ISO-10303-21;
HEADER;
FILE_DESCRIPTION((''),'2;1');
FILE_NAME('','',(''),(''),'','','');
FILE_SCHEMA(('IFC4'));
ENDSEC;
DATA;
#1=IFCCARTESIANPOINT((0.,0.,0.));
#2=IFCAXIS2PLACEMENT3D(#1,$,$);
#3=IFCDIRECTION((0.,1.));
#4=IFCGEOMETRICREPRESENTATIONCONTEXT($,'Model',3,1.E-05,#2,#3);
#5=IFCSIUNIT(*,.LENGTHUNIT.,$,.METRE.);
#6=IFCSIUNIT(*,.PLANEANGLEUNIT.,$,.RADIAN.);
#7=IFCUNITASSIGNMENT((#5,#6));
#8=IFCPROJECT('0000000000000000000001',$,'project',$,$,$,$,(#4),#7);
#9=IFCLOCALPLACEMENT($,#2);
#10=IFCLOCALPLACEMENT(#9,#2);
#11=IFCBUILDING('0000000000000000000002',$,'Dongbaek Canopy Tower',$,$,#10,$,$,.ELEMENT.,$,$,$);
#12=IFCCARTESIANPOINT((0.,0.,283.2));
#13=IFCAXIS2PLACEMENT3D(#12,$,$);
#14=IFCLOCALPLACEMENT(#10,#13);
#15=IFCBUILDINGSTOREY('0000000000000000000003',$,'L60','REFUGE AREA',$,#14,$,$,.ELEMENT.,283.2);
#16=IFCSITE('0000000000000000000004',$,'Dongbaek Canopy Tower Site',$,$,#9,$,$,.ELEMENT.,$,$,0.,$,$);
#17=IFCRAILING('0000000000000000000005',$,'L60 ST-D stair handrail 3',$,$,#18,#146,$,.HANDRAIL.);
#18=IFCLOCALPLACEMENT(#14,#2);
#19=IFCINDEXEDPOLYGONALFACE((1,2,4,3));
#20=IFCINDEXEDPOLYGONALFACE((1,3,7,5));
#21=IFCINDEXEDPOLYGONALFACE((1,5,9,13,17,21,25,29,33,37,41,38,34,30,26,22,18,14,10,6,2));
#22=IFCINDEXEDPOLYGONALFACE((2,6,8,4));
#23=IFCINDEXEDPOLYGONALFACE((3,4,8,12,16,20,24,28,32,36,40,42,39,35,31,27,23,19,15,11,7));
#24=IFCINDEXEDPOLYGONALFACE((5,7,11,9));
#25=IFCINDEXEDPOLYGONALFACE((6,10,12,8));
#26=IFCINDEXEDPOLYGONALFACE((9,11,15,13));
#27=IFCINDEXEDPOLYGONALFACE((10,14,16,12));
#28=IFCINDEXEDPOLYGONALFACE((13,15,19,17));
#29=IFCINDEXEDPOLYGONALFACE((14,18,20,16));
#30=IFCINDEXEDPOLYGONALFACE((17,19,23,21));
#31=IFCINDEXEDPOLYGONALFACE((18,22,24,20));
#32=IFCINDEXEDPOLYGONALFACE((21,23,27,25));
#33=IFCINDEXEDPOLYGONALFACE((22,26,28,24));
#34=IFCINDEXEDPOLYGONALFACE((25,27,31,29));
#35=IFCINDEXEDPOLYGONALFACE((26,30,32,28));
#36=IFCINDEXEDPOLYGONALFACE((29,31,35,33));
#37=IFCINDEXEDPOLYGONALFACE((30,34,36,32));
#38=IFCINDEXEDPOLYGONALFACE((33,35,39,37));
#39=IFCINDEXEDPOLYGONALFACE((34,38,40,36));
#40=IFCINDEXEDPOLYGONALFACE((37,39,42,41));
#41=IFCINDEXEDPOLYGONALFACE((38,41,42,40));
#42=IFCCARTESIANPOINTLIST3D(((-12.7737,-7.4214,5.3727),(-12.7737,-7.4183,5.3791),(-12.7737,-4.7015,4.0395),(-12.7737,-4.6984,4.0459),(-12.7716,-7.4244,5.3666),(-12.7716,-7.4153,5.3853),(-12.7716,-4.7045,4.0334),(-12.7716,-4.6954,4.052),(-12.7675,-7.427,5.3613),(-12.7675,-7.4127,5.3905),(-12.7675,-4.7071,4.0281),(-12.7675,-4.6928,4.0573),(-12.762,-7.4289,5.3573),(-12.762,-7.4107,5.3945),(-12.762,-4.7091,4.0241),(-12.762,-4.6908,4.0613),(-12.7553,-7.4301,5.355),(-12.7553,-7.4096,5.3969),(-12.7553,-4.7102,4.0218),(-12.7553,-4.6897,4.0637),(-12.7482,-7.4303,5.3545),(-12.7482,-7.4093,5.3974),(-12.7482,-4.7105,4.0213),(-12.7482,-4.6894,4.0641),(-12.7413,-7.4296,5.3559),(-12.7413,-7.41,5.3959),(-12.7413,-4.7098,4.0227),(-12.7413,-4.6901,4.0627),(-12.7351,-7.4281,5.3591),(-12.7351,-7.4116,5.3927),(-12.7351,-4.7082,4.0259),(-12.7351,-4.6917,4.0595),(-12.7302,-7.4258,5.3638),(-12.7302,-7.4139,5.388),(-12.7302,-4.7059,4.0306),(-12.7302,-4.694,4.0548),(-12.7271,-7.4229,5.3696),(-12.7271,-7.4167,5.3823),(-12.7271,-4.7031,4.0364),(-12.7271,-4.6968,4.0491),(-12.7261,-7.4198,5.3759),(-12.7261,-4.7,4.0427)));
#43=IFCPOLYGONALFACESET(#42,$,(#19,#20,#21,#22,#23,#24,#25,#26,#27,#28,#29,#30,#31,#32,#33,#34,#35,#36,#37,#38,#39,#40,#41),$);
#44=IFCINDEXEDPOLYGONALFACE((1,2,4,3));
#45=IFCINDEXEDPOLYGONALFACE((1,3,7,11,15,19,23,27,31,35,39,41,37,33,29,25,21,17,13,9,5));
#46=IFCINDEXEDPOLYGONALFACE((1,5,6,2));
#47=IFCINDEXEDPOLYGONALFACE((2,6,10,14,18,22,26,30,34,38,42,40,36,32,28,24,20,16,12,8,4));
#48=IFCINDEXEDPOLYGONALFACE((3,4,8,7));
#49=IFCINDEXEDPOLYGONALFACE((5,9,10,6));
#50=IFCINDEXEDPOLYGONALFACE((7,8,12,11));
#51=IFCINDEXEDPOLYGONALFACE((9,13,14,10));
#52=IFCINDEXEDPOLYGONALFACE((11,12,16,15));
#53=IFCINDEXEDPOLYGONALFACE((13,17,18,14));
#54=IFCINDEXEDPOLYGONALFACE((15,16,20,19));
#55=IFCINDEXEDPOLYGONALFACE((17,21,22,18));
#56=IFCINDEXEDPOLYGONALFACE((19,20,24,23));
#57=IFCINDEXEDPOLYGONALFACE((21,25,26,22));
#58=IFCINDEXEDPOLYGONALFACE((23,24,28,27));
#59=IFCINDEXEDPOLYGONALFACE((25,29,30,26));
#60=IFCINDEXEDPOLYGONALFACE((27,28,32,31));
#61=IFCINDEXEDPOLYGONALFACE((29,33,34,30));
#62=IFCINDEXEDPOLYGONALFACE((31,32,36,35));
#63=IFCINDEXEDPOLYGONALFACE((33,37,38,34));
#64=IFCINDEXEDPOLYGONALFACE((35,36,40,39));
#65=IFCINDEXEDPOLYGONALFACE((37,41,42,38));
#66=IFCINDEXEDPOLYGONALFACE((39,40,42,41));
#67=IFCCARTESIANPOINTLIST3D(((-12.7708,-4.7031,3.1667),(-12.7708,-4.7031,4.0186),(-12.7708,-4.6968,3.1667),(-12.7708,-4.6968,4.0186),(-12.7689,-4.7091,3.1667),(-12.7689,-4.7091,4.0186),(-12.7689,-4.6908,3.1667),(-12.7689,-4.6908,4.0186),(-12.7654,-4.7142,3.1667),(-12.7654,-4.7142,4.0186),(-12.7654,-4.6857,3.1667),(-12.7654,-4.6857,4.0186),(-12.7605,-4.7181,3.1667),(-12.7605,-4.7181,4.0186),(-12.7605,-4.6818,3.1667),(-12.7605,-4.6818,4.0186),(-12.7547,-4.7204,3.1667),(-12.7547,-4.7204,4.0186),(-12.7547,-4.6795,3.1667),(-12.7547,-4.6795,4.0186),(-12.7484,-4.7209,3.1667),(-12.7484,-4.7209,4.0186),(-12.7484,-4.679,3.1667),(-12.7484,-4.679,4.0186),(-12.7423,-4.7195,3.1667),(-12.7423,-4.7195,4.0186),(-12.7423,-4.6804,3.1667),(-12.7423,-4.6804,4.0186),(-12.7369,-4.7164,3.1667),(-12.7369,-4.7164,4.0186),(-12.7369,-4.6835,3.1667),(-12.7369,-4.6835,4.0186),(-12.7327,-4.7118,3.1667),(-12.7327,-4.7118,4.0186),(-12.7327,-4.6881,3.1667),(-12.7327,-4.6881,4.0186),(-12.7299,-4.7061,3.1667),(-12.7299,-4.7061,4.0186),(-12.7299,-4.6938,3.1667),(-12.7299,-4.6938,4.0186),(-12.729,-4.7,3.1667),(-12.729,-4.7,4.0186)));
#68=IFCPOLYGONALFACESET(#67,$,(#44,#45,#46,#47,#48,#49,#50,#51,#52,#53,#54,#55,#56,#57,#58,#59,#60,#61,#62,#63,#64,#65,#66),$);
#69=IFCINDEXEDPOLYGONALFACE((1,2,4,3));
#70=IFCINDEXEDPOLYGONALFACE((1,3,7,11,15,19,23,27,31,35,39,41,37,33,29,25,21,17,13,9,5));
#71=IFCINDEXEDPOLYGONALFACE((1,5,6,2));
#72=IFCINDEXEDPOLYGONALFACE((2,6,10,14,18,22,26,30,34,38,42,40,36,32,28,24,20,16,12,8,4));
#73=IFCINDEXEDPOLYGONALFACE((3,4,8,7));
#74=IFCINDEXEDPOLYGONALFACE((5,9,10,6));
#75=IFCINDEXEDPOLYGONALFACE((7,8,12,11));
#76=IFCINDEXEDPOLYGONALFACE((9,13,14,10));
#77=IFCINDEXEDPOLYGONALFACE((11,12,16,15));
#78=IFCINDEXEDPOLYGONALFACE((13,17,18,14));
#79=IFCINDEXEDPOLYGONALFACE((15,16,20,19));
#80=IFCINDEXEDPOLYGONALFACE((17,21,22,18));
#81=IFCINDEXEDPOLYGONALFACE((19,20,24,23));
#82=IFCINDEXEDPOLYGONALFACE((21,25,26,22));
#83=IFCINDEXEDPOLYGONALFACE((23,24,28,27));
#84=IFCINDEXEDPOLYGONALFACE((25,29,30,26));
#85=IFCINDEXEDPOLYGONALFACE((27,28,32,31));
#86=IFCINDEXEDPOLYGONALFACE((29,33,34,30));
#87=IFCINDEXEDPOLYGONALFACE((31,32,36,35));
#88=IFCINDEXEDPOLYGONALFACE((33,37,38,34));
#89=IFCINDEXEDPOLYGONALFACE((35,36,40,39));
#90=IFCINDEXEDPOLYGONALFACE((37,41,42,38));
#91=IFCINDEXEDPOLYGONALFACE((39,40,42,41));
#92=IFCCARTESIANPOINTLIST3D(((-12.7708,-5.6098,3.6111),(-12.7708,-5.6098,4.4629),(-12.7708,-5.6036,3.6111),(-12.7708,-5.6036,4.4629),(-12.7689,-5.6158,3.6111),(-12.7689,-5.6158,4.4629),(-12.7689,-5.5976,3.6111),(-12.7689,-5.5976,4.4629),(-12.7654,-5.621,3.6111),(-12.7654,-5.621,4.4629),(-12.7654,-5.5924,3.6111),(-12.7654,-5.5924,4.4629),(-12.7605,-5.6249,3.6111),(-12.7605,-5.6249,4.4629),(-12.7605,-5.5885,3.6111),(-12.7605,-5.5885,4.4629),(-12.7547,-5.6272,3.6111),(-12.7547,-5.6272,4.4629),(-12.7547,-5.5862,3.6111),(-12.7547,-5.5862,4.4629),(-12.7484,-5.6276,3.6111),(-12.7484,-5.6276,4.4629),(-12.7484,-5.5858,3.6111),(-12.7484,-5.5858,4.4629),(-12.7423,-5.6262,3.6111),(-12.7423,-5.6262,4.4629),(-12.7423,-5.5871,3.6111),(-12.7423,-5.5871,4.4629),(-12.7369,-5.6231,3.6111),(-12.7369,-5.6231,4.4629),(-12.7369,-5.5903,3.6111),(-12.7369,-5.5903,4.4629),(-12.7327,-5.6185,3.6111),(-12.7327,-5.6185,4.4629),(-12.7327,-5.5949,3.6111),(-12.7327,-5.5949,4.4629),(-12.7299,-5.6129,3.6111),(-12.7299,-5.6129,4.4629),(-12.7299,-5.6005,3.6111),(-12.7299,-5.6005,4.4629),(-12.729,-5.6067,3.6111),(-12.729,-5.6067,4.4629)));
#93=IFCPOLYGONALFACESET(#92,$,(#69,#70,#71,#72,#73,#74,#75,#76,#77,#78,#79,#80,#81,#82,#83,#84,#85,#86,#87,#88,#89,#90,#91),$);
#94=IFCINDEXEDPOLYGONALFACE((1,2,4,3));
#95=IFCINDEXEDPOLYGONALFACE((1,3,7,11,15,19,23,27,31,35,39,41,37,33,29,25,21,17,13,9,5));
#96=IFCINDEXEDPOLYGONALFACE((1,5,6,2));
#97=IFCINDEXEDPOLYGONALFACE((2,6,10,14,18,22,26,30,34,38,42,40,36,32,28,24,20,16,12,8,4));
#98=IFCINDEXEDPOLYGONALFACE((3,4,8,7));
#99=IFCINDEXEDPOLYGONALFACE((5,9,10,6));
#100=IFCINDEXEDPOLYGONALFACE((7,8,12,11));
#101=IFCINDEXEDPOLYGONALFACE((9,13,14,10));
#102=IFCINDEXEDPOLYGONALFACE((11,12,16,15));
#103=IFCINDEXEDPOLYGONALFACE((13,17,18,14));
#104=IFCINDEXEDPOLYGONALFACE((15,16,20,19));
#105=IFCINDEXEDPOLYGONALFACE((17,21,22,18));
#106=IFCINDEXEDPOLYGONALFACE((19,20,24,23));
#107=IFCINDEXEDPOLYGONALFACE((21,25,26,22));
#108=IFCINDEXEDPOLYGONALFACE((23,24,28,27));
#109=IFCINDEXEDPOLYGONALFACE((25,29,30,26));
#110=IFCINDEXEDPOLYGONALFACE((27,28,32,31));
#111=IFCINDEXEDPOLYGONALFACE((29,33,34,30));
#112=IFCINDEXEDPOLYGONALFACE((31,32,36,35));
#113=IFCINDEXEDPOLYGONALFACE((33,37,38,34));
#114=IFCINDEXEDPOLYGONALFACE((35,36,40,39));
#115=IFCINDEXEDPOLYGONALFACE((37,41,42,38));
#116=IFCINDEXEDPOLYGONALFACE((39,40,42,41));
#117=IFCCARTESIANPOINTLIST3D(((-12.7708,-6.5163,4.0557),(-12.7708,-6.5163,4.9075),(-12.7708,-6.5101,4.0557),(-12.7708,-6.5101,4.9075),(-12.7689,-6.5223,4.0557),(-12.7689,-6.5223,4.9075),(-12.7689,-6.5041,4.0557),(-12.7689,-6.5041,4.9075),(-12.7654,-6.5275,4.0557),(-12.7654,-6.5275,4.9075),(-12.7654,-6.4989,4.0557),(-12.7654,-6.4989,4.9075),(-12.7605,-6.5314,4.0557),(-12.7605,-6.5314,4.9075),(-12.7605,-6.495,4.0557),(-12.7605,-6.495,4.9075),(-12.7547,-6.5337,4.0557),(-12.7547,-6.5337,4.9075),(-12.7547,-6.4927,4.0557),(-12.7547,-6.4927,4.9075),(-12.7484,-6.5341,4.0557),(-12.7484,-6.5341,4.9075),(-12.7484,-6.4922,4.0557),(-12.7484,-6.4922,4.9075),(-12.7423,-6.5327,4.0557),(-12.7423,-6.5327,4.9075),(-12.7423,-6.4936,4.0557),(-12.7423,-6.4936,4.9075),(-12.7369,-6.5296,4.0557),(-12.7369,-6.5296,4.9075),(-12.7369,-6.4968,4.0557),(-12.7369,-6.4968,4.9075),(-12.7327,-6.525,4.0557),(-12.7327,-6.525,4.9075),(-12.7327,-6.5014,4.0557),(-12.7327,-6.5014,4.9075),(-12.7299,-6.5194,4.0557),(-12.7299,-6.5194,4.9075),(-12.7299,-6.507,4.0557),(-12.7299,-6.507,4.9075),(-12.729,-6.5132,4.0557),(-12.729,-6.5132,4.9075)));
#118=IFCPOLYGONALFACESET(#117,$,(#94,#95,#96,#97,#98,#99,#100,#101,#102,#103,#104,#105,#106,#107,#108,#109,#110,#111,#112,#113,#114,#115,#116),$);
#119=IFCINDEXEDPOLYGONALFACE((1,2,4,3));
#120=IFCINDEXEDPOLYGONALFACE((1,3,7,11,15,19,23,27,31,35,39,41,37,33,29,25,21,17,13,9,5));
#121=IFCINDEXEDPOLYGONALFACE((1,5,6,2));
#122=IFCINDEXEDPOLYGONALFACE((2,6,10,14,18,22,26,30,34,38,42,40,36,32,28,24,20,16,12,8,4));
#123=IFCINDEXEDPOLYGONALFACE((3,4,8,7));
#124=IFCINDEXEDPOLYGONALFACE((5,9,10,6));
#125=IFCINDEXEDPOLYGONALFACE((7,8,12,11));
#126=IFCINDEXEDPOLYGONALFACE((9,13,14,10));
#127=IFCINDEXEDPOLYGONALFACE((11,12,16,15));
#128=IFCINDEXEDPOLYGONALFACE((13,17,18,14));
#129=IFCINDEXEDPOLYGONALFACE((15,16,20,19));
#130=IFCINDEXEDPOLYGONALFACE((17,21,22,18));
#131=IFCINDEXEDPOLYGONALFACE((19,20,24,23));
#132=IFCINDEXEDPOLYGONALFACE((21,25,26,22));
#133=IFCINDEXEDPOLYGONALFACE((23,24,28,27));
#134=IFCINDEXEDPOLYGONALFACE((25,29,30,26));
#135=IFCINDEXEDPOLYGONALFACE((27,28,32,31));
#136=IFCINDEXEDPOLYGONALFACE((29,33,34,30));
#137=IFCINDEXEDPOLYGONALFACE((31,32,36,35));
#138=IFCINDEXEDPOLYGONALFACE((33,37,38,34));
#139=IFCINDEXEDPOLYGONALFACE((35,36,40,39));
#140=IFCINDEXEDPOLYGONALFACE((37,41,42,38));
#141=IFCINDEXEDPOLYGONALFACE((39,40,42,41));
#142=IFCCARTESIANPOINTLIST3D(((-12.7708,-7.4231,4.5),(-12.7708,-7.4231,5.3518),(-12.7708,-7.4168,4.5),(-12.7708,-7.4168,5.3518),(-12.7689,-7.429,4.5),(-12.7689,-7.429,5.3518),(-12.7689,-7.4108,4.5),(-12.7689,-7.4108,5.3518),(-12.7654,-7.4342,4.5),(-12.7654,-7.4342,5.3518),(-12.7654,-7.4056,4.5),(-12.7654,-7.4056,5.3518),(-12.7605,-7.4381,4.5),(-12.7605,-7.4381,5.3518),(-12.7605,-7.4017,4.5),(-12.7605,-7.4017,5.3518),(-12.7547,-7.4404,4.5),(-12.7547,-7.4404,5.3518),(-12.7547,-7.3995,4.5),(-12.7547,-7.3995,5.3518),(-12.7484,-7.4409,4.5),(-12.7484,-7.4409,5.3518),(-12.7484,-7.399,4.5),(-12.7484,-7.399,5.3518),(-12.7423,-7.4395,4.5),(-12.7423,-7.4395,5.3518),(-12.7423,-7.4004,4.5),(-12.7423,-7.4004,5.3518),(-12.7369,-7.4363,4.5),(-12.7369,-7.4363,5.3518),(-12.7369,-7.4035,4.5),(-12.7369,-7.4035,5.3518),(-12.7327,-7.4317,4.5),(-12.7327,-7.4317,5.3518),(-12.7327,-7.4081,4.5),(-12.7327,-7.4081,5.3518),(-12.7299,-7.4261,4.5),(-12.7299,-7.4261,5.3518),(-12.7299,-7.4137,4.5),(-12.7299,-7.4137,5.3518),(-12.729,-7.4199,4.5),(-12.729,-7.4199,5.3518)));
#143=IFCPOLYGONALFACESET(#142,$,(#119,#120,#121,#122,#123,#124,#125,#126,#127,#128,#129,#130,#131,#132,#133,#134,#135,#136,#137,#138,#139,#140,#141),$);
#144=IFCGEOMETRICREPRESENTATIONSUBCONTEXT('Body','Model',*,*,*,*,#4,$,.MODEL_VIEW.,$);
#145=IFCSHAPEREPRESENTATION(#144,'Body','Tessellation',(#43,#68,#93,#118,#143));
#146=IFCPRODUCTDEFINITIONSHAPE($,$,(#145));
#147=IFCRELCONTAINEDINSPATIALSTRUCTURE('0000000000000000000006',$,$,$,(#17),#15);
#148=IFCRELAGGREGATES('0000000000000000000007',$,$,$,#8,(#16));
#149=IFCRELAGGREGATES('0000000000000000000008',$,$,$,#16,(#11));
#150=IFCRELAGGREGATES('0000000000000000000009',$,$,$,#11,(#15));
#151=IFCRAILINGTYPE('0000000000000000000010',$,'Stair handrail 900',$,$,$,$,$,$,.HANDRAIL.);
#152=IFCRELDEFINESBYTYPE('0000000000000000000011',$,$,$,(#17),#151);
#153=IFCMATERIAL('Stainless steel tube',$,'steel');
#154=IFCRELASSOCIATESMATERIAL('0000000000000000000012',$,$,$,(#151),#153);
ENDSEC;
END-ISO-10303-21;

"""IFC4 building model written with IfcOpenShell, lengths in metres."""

from ifc_helpers import new_model, si_unit, direction, frame, origin, origin_2d, place, context, subcontext, project, spatial, circle, extrude, material, type_object, element, save


model = new_model("IFC4")

# Units and contexts
model_context = context("Model", 3, precision=1e-05, world=origin(), true_north=direction((0.0, 1.0)))
body_context = subcontext(model_context, "Body", "Model", "MODEL_VIEW")
ifc_project = project(units=[si_unit("LENGTHUNIT", "METRE"), si_unit("PLANEANGLEUNIT", "RADIAN")], contexts=[model_context])

# Site, building, storey
site_placement = place(None, origin())
site = spatial("IfcSite", under=ifc_project, at=site_placement, Name="Dongbaek Canopy Tower Site", CompositionType="ELEMENT", RefElevation=0.0)
building_placement = place(site_placement, origin())
building = spatial("IfcBuilding", under=site, at=building_placement, Name="Dongbaek Canopy Tower", CompositionType="ELEMENT")
storey_placement = place(building_placement, frame((0.0, 0.0, 283.2)))
storey = spatial("IfcBuildingStorey", under=building, at=storey_placement, Name="L60", Description="REFUGE AREA", CompositionType="ELEMENT", Elevation=283.2)

# Railing
ifc_material_1 = material(Name="Stainless steel tube", Category="steel")
railing_type_1 = type_object("IfcRailingType", Name="Stair handrail 900", PredefinedType="HANDRAIL", material=ifc_material_1)
for number, where, name in (
    (1, (-12.75, -4.7, 3.1667), "L60 ST-D stair handrail 3"),
):
    element("IfcRailing", number, at=place(storey_placement, frame(where)), inside=storey, type_object=railing_type_1, Name=name, PredefinedType="HANDRAIL", context=body_context, shape_type="SweptSolid", body=[
        extrude(circle(Radius=0.0239, at=origin_2d()), frame((0.0, 0.0, 0.876), z_axis=(0.0, -0.897929, 0.440139), x_axis=(1.0, 0.0, 0.0)), (0.0, 0.0, 1.0), 3.0291),
        extrude(circle(Radius=0.021, at=origin_2d()), origin(), (0.0, 0.0, 1.0), 0.8518),
        extrude(circle(Radius=0.021, at=origin_2d()), frame((0.0, -0.9067, 0.4443)), (0.0, 0.0, 1.0), 0.8518),
        extrude(circle(Radius=0.021, at=origin_2d()), frame((0.0, -1.8132, 0.8889)), (0.0, 0.0, 1.0), 0.8518),
        extrude(circle(Radius=0.021, at=origin_2d()), frame((0.0, -2.72, 1.3333)), (0.0, 0.0, 1.0), 0.8518),
    ])

save(model, "model.ifc")
